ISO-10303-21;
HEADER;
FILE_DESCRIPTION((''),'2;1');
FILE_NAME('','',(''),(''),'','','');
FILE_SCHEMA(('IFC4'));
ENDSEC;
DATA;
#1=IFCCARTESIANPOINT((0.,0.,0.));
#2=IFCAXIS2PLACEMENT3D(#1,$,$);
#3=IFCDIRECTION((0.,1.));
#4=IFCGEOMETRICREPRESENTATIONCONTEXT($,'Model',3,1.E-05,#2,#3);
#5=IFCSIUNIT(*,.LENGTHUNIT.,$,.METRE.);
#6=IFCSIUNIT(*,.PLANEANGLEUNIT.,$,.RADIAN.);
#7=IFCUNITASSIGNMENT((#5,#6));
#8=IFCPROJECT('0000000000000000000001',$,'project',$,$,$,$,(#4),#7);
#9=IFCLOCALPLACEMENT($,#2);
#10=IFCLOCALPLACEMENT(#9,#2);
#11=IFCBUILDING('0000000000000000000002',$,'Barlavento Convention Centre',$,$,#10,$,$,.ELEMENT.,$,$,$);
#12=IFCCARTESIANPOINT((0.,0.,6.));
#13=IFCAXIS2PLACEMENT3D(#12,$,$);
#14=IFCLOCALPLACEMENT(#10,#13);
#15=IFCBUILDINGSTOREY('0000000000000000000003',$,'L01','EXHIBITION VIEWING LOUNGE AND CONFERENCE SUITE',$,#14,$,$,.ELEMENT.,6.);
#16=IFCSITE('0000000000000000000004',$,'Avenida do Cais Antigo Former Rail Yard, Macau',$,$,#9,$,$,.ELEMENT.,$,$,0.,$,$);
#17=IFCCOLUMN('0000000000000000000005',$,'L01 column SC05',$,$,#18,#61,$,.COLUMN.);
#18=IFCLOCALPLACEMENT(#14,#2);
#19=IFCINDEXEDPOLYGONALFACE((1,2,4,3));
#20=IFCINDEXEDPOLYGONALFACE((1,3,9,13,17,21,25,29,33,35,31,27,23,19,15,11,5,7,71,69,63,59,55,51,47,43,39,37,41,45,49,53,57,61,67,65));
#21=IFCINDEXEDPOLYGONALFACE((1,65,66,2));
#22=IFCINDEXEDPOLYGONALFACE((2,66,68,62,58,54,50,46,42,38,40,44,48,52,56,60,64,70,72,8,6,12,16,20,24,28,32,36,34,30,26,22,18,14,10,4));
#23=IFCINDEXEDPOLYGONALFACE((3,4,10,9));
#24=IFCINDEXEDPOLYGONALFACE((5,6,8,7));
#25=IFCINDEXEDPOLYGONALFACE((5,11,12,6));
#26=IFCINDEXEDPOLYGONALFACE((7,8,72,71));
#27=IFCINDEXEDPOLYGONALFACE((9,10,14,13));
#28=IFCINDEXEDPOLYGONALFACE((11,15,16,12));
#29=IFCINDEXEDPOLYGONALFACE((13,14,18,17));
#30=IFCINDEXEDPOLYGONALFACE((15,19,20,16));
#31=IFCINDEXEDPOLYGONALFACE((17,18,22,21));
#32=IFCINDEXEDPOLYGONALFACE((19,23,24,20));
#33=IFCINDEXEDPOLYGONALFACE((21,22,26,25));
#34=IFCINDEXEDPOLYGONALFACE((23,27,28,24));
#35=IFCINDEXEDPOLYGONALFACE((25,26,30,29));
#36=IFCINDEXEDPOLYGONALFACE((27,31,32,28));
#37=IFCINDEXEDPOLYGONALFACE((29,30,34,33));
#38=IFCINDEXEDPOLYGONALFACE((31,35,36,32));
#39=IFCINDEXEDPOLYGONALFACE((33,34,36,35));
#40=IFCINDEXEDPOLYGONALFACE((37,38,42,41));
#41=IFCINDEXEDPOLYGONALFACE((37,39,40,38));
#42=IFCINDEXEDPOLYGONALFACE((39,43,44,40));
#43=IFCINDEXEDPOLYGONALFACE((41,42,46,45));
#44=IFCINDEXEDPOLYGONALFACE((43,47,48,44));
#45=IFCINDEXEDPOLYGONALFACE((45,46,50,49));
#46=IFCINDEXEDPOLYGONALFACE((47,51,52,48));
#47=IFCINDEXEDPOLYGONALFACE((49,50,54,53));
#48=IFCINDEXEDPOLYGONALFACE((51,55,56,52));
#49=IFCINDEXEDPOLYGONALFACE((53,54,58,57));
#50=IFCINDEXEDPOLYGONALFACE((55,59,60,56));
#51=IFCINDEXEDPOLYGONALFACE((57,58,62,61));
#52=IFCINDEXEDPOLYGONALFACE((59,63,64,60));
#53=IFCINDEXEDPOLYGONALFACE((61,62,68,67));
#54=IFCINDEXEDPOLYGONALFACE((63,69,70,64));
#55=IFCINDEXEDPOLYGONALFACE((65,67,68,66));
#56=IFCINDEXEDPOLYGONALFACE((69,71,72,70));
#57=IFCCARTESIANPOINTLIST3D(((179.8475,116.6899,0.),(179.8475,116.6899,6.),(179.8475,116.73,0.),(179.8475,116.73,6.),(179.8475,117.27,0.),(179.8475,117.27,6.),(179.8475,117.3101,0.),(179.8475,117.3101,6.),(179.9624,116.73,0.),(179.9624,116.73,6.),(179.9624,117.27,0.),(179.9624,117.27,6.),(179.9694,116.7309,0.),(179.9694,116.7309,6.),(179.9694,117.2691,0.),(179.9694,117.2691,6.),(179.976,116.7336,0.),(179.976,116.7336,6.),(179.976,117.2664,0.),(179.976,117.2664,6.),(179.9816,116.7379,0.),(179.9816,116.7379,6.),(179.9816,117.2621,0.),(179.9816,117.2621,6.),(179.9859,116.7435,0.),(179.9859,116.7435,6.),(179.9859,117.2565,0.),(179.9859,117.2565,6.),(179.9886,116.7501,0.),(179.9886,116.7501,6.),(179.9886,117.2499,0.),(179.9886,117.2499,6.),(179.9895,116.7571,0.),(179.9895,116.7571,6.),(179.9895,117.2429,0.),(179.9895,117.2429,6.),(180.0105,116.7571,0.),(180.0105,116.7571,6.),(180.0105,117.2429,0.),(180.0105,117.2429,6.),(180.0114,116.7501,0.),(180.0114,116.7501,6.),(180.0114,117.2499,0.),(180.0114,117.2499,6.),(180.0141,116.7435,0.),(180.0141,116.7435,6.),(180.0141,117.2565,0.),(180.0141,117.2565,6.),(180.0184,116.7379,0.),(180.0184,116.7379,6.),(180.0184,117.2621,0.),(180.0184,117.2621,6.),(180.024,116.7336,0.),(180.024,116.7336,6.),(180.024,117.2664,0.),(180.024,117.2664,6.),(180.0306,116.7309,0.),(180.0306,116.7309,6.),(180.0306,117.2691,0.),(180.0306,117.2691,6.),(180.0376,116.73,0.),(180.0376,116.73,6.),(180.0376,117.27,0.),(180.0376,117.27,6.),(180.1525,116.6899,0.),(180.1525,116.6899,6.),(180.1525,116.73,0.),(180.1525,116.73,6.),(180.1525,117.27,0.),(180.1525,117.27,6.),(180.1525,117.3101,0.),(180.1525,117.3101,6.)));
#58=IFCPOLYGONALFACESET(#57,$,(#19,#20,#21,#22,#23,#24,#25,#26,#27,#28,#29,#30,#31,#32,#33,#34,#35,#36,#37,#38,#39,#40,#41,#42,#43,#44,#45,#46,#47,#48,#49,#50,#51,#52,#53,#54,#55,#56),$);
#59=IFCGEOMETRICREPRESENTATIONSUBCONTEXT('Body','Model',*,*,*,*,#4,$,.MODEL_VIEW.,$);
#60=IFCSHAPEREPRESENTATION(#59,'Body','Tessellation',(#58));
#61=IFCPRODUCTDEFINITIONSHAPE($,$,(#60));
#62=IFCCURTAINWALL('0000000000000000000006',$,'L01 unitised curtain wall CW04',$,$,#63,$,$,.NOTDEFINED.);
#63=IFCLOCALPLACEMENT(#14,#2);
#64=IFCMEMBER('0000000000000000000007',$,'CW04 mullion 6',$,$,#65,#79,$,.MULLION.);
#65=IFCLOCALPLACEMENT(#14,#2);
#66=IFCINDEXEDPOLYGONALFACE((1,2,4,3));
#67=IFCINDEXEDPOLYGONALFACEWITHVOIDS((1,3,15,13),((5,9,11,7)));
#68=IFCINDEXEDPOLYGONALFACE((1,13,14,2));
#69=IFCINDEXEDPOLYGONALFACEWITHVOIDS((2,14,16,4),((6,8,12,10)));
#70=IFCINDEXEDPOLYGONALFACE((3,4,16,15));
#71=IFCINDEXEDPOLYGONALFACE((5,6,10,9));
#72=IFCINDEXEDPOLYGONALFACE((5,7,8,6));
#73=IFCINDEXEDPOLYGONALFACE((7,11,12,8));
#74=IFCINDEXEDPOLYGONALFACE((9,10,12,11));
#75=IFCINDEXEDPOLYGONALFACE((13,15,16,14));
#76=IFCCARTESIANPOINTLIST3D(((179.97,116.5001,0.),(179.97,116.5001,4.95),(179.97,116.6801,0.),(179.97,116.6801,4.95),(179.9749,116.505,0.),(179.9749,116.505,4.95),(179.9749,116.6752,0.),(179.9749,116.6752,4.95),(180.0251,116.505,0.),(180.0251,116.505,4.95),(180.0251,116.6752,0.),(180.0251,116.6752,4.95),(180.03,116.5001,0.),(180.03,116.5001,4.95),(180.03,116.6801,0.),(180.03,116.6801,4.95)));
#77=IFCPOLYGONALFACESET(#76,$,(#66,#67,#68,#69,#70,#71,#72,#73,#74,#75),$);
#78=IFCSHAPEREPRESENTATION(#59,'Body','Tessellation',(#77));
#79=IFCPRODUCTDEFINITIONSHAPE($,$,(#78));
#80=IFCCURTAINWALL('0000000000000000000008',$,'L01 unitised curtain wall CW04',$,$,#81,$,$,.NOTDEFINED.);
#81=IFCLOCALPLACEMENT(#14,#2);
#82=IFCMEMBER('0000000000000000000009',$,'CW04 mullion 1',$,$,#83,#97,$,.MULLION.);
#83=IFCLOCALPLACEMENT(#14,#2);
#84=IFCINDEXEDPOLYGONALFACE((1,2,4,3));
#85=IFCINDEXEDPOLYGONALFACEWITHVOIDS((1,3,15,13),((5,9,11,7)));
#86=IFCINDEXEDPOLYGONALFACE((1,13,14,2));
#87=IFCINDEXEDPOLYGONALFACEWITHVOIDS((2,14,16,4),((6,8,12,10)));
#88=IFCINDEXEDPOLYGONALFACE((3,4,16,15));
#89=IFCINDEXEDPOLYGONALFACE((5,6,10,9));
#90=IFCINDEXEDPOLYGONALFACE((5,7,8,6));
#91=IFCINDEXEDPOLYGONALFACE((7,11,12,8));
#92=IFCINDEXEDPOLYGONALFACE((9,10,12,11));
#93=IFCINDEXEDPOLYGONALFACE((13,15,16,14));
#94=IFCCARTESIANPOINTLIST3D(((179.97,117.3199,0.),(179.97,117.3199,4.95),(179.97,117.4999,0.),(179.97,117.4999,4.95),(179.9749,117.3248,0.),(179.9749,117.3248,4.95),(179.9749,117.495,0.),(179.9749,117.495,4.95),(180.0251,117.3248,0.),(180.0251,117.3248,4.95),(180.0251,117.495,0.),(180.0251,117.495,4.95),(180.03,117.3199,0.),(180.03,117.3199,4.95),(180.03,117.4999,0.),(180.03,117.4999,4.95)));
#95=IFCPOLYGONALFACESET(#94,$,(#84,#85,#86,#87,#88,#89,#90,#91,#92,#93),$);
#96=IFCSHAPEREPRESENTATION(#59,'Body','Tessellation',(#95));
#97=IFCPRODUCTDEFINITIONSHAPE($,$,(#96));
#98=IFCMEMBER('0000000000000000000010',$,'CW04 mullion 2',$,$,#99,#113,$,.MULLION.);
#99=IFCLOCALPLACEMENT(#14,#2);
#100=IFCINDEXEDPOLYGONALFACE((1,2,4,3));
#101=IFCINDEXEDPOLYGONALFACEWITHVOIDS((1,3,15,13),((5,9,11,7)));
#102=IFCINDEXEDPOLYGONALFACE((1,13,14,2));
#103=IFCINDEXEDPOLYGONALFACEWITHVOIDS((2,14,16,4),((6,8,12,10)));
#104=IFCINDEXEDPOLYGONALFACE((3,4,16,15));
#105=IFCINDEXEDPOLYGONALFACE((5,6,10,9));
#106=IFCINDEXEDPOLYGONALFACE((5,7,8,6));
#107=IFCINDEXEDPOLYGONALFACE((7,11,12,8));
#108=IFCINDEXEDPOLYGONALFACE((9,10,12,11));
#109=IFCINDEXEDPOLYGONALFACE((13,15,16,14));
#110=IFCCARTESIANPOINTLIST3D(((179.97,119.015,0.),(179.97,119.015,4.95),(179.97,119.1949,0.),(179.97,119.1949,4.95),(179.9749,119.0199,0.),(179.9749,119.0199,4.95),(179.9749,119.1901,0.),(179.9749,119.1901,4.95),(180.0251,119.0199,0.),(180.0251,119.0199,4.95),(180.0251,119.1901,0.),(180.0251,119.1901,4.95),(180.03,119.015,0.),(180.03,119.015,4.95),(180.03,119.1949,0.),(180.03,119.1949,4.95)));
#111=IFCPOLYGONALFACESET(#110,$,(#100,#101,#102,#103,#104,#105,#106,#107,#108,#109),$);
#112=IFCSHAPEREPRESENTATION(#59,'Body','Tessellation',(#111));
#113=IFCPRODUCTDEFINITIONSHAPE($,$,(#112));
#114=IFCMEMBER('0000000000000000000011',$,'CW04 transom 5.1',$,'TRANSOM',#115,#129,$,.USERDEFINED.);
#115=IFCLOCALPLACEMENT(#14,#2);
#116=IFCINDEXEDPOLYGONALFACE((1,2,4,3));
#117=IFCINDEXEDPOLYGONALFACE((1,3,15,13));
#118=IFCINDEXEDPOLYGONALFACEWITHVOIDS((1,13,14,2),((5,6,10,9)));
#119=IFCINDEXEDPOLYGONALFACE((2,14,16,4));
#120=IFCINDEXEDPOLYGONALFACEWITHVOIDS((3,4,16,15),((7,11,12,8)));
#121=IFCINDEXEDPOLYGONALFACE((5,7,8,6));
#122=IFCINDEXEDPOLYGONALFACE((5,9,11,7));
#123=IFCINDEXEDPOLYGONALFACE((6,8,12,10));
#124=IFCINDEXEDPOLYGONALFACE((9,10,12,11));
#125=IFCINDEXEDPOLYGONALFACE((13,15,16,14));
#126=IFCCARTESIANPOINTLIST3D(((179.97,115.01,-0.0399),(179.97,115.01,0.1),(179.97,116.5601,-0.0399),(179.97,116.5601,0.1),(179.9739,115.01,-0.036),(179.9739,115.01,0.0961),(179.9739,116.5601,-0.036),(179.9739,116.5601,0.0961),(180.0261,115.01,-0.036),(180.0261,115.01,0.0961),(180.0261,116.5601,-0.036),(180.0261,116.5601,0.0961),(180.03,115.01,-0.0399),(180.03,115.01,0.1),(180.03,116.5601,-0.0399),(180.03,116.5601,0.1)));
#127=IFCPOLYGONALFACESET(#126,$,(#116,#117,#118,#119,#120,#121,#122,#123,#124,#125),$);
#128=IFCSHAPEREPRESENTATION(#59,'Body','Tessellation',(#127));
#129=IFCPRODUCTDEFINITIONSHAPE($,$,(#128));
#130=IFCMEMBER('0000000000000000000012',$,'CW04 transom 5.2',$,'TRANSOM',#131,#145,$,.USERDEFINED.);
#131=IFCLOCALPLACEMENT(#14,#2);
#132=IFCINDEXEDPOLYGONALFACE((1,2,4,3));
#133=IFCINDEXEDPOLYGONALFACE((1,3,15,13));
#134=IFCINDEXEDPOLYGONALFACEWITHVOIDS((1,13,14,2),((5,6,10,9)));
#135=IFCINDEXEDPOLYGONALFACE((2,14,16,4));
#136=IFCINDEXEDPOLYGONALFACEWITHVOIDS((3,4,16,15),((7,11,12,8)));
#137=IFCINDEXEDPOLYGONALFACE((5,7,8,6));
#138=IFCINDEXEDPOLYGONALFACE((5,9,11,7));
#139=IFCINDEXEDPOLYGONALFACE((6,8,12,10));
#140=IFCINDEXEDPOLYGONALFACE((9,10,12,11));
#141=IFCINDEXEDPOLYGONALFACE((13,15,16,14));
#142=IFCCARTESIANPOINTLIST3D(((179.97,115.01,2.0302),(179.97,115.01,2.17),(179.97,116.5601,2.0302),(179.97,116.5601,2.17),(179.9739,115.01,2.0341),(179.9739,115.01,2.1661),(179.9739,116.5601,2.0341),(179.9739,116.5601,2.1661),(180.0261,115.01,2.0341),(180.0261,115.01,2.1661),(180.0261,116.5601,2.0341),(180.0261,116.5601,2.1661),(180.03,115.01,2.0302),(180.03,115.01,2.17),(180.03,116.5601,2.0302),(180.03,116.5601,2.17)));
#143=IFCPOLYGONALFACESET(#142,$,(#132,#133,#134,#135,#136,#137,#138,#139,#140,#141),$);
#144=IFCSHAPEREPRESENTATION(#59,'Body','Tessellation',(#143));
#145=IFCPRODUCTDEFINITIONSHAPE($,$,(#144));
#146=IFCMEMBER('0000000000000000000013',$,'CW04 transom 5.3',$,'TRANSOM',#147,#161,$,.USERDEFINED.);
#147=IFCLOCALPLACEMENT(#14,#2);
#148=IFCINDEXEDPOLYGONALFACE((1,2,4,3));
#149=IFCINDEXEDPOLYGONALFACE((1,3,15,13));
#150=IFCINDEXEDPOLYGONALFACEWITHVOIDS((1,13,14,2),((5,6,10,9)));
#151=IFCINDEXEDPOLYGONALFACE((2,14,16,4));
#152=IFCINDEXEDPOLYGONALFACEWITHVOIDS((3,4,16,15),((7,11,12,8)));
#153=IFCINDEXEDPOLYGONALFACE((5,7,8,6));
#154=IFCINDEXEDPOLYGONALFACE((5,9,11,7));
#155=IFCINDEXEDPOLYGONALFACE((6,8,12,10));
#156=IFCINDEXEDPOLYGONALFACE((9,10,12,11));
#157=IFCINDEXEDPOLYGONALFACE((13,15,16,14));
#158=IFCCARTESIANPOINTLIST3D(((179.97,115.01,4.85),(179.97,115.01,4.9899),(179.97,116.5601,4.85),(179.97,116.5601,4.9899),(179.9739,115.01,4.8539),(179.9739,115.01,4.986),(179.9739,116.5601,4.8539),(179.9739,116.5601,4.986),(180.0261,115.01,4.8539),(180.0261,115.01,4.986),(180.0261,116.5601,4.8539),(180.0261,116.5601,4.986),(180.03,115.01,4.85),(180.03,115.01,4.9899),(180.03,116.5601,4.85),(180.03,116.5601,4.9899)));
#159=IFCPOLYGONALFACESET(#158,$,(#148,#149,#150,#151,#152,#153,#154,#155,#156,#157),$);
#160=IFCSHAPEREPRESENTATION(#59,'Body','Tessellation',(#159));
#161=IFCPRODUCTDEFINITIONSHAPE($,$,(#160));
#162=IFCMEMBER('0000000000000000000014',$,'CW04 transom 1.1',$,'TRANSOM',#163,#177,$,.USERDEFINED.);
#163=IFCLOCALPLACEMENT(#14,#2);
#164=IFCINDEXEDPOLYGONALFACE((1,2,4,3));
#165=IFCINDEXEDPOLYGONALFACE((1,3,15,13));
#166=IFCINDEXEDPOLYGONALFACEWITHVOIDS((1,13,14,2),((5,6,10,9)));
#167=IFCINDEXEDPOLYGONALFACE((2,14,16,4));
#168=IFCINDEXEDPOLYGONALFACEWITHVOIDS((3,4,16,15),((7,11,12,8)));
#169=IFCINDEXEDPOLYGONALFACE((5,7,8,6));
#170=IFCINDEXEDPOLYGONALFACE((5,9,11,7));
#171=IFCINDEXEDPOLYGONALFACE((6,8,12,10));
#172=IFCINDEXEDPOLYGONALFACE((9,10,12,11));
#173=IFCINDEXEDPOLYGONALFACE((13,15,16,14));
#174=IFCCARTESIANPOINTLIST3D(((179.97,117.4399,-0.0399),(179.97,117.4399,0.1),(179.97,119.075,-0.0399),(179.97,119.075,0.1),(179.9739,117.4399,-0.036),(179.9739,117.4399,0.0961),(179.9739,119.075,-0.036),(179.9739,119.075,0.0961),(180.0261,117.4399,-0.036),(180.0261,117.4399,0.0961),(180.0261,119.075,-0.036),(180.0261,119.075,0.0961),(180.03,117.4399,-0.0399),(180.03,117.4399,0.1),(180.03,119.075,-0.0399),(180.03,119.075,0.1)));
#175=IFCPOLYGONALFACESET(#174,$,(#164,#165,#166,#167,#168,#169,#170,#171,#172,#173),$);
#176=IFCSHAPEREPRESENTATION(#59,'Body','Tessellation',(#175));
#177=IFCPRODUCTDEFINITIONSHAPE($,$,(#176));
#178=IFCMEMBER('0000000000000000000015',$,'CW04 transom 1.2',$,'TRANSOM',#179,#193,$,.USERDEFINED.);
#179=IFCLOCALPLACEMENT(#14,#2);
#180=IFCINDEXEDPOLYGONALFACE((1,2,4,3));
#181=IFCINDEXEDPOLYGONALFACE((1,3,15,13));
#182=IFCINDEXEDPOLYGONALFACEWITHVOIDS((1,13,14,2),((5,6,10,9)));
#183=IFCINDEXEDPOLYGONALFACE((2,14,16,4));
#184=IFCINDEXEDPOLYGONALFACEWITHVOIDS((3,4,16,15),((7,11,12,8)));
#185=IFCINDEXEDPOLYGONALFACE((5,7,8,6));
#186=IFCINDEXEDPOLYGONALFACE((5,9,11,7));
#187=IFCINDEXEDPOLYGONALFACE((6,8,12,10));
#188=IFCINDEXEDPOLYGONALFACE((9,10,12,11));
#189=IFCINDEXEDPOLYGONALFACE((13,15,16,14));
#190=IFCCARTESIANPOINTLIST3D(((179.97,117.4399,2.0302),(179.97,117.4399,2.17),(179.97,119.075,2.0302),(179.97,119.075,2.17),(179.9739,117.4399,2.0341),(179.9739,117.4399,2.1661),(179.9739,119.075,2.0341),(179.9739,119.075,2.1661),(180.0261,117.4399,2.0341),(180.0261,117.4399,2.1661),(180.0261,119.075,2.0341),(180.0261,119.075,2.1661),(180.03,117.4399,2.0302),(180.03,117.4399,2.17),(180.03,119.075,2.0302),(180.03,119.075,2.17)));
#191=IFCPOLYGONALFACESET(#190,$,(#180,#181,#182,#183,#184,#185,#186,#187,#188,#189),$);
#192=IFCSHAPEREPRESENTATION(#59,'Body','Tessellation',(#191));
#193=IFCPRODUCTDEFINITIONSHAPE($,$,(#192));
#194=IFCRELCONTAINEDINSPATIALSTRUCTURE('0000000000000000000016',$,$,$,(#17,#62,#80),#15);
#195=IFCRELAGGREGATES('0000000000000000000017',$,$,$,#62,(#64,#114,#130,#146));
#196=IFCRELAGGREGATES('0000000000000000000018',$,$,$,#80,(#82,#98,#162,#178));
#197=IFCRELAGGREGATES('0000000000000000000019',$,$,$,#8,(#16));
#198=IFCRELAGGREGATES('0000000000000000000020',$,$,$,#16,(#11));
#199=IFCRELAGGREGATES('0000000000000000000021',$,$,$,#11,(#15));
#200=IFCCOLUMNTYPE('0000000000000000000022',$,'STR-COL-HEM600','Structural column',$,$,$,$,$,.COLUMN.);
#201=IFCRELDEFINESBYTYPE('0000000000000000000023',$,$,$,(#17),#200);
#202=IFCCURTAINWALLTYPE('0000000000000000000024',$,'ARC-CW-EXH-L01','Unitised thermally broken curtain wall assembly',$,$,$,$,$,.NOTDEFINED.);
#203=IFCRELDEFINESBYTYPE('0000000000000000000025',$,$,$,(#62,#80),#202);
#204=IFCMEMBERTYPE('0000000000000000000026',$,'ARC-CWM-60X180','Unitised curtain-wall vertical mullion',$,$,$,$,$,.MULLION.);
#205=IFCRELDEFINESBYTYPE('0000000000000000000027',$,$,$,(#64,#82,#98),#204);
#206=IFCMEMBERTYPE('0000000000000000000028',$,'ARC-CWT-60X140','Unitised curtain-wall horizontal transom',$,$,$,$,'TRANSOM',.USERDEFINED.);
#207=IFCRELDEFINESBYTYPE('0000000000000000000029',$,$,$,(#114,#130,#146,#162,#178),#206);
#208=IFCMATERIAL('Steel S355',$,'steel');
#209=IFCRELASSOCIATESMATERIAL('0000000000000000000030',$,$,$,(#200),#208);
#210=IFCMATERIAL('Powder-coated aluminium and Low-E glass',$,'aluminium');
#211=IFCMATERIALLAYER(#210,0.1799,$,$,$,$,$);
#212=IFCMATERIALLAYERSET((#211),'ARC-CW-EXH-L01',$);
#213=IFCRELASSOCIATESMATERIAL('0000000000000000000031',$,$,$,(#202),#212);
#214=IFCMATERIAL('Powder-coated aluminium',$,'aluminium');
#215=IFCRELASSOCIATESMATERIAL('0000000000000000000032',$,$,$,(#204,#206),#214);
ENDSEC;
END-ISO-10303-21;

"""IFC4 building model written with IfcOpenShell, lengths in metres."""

from ifc_helpers import new_model, si_unit, direction, frame, origin, origin_2d, place, context, subcontext, project, spatial, hollow_rectangle, i_section, extrude, material, layer, layer_set, material_profile, profile_set, type_object, element, aggregate, save


model = new_model("IFC4")

# Units and contexts
model_context = context("Model", 3, precision=1e-05, world=origin(), true_north=direction((0.0, 1.0)))
body_context = subcontext(model_context, "Body", "Model", "MODEL_VIEW")
ifc_project = project(units=[si_unit("LENGTHUNIT", "METRE"), si_unit("PLANEANGLEUNIT", "RADIAN")], contexts=[model_context])

# Site, building, storey
site_placement = place(None, origin())
site = spatial("IfcSite", under=ifc_project, at=site_placement, Name="Avenida do Cais Antigo Former Rail Yard, Macau", CompositionType="ELEMENT", RefElevation=0.0)
building_placement = place(site_placement, origin())
building = spatial("IfcBuilding", under=site, at=building_placement, Name="Barlavento Convention Centre", CompositionType="ELEMENT")
storey_placement = place(building_placement, frame((0.0, 0.0, 6.0)))
storey = spatial("IfcBuildingStorey", under=building, at=storey_placement, Name="L01", Description="EXHIBITION VIEWING LOUNGE AND CONFERENCE SUITE", CompositionType="ELEMENT", Elevation=6.0)

# Column
ifc_material_1 = material(Name="Steel S355", Category="steel")
ifc_material_profile_1 = material_profile(ifc_material_1, i_section(OverallWidth=0.3049, OverallDepth=0.6201, WebThickness=0.021, FlangeThickness=0.04, FilletRadius=0.0271, at=origin_2d()), Name="HEM 600")
ifc_profile_set_1 = profile_set([ifc_material_profile_1], Name="Steel S355")
column_type = type_object("IfcColumnType", Name="STR-COL-HEM600", Description="Structural column", PredefinedType="COLUMN", material=ifc_profile_set_1)
column_placement = place(storey_placement, frame((180.0, 117.0, 0.0), z_axis=(0.0, 0.0, 1.0), x_axis=(1.0, 0.0, 0.0)))
element("IfcColumn", 1, at=column_placement, inside=storey, type_object=column_type, Name="L01 column SC05", PredefinedType="COLUMN", context=body_context, shape_type="SweptSolid", body=[
    extrude(i_section(OverallWidth=0.3049, OverallDepth=0.6201, WebThickness=0.021, FlangeThickness=0.04, FilletRadius=0.0271, at=origin_2d()), origin(), (0.0, 0.0, 1.0), 6.0),
])

# Curtain wall, member
ifc_material_2 = material(Name="Powder-coated aluminium and Low-E glass", Category="aluminium")
ifc_layer_1 = layer(ifc_material_2, 0.1799)
ifc_layer_set_1 = layer_set([ifc_layer_1], Name="ARC-CW-EXH-L01")
curtain_wall_type = type_object("IfcCurtainWallType", Name="ARC-CW-EXH-L01", Description="Unitised thermally broken curtain wall assembly", PredefinedType="NOTDEFINED", material=ifc_layer_set_1)
curtain_wall_1_placement = place(storey_placement, origin())
curtain_wall_1 = element("IfcCurtainWall", 2, at=curtain_wall_1_placement, inside=storey, type_object=curtain_wall_type, Name="L01 unitised curtain wall CW04", PredefinedType="NOTDEFINED")
ifc_material_3 = material(Name="Powder-coated aluminium", Category="aluminium")
ifc_material_profile_2 = material_profile(ifc_material_3, hollow_rectangle(XDim=0.0601, YDim=0.1799, WallThickness=0.0049, at=origin_2d()), Name="AL-MULL 60x180x5")
ifc_profile_set_2 = profile_set([ifc_material_profile_2], Name="Powder-coated aluminium")
member_type_1 = type_object("IfcMemberType", Name="ARC-CWM-60X180", Description="Unitised curtain-wall vertical mullion", PredefinedType="MULLION", material=ifc_profile_set_2)
member_1_placement = place(storey_placement, frame((180.0, 116.5901, 0.0), z_axis=(0.0, 0.0, 1.0), x_axis=(-1.0, 0.0, 0.0)))
member_1 = element("IfcMember", 3, at=member_1_placement, type_object=member_type_1, Name="CW04 mullion 6", PredefinedType="MULLION", context=body_context, shape_type="SweptSolid", body=[
    extrude(hollow_rectangle(XDim=0.0601, YDim=0.1799, WallThickness=0.0049, at=origin_2d()), origin(), (0.0, 0.0, 1.0), 4.95),
])

# Curtain wall, members
curtain_wall_2_placement = place(storey_placement, origin())
curtain_wall_2 = element("IfcCurtainWall", 4, at=curtain_wall_2_placement, inside=storey, type_object=curtain_wall_type, Name="L01 unitised curtain wall CW04", PredefinedType="NOTDEFINED")
member_2_placement = place(storey_placement, frame((180.0, 117.4099, 0.0), z_axis=(0.0, 0.0, 1.0), x_axis=(-1.0, 0.0, 0.0)))
member_2 = element("IfcMember", 5, at=member_2_placement, type_object=member_type_1, Name="CW04 mullion 1", PredefinedType="MULLION", context=body_context, shape_type="SweptSolid", body=[
    extrude(hollow_rectangle(XDim=0.0601, YDim=0.1799, WallThickness=0.0049, at=origin_2d()), origin(), (0.0, 0.0, 1.0), 4.95),
])
member_3_placement = place(storey_placement, frame((180.0, 119.105, 0.0), z_axis=(0.0, 0.0, 1.0), x_axis=(-1.0, 0.0, 0.0)))
member_3 = element("IfcMember", 6, at=member_3_placement, type_object=member_type_1, Name="CW04 mullion 2", PredefinedType="MULLION", context=body_context, shape_type="SweptSolid", body=[
    extrude(hollow_rectangle(XDim=0.0601, YDim=0.1799, WallThickness=0.0049, at=origin_2d()), origin(), (0.0, 0.0, 1.0), 4.95),
])

# Members
ifc_material_profile_3 = material_profile(ifc_material_3, hollow_rectangle(XDim=0.0601, YDim=0.1399, WallThickness=0.0039, at=origin_2d()), Name="AL-TRAN 60x140x4")
ifc_profile_set_3 = profile_set([ifc_material_profile_3], Name="Powder-coated aluminium")
member_type_2 = type_object("IfcMemberType", Name="ARC-CWT-60X140", Description="Unitised curtain-wall horizontal transom", ElementType="TRANSOM", PredefinedType="USERDEFINED", material=ifc_profile_set_3)
member_4_placement = place(storey_placement, frame((180.0, 115.01, 0.03), z_axis=(0.0, 1.0, 0.0), x_axis=(-1.0, 0.0, 0.0)))
member_4 = element("IfcMember", 7, at=member_4_placement, type_object=member_type_2, Name="CW04 transom 5.1", ObjectType="TRANSOM", PredefinedType="USERDEFINED", context=body_context, shape_type="SweptSolid", body=[
    extrude(hollow_rectangle(XDim=0.0601, YDim=0.1399, WallThickness=0.0039, at=origin_2d()), origin(), (0.0, 0.0, 1.0), 1.55),
])
member_5_placement = place(storey_placement, frame((180.0, 115.01, 2.1001), z_axis=(0.0, 1.0, 0.0), x_axis=(-1.0, 0.0, 0.0)))
member_5 = element("IfcMember", 8, at=member_5_placement, type_object=member_type_2, Name="CW04 transom 5.2", ObjectType="TRANSOM", PredefinedType="USERDEFINED", context=body_context, shape_type="SweptSolid", body=[
    extrude(hollow_rectangle(XDim=0.0601, YDim=0.1399, WallThickness=0.0039, at=origin_2d()), origin(), (0.0, 0.0, 1.0), 1.55),
])
member_6_placement = place(storey_placement, frame((180.0, 115.01, 4.9199), z_axis=(0.0, 1.0, 0.0), x_axis=(-1.0, 0.0, 0.0)))
member_6 = element("IfcMember", 9, at=member_6_placement, type_object=member_type_2, Name="CW04 transom 5.3", ObjectType="TRANSOM", PredefinedType="USERDEFINED", context=body_context, shape_type="SweptSolid", body=[
    extrude(hollow_rectangle(XDim=0.0601, YDim=0.1399, WallThickness=0.0039, at=origin_2d()), origin(), (0.0, 0.0, 1.0), 1.55),
])
member_7_placement = place(storey_placement, frame((180.0, 117.4399, 0.03), z_axis=(0.0, 1.0, 0.0), x_axis=(-1.0, 0.0, 0.0)))
member_7 = element("IfcMember", 10, at=member_7_placement, type_object=member_type_2, Name="CW04 transom 1.1", ObjectType="TRANSOM", PredefinedType="USERDEFINED", context=body_context, shape_type="SweptSolid", body=[
    extrude(hollow_rectangle(XDim=0.0601, YDim=0.1399, WallThickness=0.0039, at=origin_2d()), origin(), (0.0, 0.0, 1.0), 1.635),
])
member_8_placement = place(storey_placement, frame((180.0, 117.4399, 2.1001), z_axis=(0.0, 1.0, 0.0), x_axis=(-1.0, 0.0, 0.0)))
member_8 = element("IfcMember", 11, at=member_8_placement, type_object=member_type_2, Name="CW04 transom 1.2", ObjectType="TRANSOM", PredefinedType="USERDEFINED", context=body_context, shape_type="SweptSolid", body=[
    extrude(hollow_rectangle(XDim=0.0601, YDim=0.1399, WallThickness=0.0039, at=origin_2d()), origin(), (0.0, 0.0, 1.0), 1.635),
])

aggregate(curtain_wall_1, [member_1, member_4, member_5, member_6])
aggregate(curtain_wall_2, [member_2, member_3, member_7, member_8])

save(model, "model.ifc")
